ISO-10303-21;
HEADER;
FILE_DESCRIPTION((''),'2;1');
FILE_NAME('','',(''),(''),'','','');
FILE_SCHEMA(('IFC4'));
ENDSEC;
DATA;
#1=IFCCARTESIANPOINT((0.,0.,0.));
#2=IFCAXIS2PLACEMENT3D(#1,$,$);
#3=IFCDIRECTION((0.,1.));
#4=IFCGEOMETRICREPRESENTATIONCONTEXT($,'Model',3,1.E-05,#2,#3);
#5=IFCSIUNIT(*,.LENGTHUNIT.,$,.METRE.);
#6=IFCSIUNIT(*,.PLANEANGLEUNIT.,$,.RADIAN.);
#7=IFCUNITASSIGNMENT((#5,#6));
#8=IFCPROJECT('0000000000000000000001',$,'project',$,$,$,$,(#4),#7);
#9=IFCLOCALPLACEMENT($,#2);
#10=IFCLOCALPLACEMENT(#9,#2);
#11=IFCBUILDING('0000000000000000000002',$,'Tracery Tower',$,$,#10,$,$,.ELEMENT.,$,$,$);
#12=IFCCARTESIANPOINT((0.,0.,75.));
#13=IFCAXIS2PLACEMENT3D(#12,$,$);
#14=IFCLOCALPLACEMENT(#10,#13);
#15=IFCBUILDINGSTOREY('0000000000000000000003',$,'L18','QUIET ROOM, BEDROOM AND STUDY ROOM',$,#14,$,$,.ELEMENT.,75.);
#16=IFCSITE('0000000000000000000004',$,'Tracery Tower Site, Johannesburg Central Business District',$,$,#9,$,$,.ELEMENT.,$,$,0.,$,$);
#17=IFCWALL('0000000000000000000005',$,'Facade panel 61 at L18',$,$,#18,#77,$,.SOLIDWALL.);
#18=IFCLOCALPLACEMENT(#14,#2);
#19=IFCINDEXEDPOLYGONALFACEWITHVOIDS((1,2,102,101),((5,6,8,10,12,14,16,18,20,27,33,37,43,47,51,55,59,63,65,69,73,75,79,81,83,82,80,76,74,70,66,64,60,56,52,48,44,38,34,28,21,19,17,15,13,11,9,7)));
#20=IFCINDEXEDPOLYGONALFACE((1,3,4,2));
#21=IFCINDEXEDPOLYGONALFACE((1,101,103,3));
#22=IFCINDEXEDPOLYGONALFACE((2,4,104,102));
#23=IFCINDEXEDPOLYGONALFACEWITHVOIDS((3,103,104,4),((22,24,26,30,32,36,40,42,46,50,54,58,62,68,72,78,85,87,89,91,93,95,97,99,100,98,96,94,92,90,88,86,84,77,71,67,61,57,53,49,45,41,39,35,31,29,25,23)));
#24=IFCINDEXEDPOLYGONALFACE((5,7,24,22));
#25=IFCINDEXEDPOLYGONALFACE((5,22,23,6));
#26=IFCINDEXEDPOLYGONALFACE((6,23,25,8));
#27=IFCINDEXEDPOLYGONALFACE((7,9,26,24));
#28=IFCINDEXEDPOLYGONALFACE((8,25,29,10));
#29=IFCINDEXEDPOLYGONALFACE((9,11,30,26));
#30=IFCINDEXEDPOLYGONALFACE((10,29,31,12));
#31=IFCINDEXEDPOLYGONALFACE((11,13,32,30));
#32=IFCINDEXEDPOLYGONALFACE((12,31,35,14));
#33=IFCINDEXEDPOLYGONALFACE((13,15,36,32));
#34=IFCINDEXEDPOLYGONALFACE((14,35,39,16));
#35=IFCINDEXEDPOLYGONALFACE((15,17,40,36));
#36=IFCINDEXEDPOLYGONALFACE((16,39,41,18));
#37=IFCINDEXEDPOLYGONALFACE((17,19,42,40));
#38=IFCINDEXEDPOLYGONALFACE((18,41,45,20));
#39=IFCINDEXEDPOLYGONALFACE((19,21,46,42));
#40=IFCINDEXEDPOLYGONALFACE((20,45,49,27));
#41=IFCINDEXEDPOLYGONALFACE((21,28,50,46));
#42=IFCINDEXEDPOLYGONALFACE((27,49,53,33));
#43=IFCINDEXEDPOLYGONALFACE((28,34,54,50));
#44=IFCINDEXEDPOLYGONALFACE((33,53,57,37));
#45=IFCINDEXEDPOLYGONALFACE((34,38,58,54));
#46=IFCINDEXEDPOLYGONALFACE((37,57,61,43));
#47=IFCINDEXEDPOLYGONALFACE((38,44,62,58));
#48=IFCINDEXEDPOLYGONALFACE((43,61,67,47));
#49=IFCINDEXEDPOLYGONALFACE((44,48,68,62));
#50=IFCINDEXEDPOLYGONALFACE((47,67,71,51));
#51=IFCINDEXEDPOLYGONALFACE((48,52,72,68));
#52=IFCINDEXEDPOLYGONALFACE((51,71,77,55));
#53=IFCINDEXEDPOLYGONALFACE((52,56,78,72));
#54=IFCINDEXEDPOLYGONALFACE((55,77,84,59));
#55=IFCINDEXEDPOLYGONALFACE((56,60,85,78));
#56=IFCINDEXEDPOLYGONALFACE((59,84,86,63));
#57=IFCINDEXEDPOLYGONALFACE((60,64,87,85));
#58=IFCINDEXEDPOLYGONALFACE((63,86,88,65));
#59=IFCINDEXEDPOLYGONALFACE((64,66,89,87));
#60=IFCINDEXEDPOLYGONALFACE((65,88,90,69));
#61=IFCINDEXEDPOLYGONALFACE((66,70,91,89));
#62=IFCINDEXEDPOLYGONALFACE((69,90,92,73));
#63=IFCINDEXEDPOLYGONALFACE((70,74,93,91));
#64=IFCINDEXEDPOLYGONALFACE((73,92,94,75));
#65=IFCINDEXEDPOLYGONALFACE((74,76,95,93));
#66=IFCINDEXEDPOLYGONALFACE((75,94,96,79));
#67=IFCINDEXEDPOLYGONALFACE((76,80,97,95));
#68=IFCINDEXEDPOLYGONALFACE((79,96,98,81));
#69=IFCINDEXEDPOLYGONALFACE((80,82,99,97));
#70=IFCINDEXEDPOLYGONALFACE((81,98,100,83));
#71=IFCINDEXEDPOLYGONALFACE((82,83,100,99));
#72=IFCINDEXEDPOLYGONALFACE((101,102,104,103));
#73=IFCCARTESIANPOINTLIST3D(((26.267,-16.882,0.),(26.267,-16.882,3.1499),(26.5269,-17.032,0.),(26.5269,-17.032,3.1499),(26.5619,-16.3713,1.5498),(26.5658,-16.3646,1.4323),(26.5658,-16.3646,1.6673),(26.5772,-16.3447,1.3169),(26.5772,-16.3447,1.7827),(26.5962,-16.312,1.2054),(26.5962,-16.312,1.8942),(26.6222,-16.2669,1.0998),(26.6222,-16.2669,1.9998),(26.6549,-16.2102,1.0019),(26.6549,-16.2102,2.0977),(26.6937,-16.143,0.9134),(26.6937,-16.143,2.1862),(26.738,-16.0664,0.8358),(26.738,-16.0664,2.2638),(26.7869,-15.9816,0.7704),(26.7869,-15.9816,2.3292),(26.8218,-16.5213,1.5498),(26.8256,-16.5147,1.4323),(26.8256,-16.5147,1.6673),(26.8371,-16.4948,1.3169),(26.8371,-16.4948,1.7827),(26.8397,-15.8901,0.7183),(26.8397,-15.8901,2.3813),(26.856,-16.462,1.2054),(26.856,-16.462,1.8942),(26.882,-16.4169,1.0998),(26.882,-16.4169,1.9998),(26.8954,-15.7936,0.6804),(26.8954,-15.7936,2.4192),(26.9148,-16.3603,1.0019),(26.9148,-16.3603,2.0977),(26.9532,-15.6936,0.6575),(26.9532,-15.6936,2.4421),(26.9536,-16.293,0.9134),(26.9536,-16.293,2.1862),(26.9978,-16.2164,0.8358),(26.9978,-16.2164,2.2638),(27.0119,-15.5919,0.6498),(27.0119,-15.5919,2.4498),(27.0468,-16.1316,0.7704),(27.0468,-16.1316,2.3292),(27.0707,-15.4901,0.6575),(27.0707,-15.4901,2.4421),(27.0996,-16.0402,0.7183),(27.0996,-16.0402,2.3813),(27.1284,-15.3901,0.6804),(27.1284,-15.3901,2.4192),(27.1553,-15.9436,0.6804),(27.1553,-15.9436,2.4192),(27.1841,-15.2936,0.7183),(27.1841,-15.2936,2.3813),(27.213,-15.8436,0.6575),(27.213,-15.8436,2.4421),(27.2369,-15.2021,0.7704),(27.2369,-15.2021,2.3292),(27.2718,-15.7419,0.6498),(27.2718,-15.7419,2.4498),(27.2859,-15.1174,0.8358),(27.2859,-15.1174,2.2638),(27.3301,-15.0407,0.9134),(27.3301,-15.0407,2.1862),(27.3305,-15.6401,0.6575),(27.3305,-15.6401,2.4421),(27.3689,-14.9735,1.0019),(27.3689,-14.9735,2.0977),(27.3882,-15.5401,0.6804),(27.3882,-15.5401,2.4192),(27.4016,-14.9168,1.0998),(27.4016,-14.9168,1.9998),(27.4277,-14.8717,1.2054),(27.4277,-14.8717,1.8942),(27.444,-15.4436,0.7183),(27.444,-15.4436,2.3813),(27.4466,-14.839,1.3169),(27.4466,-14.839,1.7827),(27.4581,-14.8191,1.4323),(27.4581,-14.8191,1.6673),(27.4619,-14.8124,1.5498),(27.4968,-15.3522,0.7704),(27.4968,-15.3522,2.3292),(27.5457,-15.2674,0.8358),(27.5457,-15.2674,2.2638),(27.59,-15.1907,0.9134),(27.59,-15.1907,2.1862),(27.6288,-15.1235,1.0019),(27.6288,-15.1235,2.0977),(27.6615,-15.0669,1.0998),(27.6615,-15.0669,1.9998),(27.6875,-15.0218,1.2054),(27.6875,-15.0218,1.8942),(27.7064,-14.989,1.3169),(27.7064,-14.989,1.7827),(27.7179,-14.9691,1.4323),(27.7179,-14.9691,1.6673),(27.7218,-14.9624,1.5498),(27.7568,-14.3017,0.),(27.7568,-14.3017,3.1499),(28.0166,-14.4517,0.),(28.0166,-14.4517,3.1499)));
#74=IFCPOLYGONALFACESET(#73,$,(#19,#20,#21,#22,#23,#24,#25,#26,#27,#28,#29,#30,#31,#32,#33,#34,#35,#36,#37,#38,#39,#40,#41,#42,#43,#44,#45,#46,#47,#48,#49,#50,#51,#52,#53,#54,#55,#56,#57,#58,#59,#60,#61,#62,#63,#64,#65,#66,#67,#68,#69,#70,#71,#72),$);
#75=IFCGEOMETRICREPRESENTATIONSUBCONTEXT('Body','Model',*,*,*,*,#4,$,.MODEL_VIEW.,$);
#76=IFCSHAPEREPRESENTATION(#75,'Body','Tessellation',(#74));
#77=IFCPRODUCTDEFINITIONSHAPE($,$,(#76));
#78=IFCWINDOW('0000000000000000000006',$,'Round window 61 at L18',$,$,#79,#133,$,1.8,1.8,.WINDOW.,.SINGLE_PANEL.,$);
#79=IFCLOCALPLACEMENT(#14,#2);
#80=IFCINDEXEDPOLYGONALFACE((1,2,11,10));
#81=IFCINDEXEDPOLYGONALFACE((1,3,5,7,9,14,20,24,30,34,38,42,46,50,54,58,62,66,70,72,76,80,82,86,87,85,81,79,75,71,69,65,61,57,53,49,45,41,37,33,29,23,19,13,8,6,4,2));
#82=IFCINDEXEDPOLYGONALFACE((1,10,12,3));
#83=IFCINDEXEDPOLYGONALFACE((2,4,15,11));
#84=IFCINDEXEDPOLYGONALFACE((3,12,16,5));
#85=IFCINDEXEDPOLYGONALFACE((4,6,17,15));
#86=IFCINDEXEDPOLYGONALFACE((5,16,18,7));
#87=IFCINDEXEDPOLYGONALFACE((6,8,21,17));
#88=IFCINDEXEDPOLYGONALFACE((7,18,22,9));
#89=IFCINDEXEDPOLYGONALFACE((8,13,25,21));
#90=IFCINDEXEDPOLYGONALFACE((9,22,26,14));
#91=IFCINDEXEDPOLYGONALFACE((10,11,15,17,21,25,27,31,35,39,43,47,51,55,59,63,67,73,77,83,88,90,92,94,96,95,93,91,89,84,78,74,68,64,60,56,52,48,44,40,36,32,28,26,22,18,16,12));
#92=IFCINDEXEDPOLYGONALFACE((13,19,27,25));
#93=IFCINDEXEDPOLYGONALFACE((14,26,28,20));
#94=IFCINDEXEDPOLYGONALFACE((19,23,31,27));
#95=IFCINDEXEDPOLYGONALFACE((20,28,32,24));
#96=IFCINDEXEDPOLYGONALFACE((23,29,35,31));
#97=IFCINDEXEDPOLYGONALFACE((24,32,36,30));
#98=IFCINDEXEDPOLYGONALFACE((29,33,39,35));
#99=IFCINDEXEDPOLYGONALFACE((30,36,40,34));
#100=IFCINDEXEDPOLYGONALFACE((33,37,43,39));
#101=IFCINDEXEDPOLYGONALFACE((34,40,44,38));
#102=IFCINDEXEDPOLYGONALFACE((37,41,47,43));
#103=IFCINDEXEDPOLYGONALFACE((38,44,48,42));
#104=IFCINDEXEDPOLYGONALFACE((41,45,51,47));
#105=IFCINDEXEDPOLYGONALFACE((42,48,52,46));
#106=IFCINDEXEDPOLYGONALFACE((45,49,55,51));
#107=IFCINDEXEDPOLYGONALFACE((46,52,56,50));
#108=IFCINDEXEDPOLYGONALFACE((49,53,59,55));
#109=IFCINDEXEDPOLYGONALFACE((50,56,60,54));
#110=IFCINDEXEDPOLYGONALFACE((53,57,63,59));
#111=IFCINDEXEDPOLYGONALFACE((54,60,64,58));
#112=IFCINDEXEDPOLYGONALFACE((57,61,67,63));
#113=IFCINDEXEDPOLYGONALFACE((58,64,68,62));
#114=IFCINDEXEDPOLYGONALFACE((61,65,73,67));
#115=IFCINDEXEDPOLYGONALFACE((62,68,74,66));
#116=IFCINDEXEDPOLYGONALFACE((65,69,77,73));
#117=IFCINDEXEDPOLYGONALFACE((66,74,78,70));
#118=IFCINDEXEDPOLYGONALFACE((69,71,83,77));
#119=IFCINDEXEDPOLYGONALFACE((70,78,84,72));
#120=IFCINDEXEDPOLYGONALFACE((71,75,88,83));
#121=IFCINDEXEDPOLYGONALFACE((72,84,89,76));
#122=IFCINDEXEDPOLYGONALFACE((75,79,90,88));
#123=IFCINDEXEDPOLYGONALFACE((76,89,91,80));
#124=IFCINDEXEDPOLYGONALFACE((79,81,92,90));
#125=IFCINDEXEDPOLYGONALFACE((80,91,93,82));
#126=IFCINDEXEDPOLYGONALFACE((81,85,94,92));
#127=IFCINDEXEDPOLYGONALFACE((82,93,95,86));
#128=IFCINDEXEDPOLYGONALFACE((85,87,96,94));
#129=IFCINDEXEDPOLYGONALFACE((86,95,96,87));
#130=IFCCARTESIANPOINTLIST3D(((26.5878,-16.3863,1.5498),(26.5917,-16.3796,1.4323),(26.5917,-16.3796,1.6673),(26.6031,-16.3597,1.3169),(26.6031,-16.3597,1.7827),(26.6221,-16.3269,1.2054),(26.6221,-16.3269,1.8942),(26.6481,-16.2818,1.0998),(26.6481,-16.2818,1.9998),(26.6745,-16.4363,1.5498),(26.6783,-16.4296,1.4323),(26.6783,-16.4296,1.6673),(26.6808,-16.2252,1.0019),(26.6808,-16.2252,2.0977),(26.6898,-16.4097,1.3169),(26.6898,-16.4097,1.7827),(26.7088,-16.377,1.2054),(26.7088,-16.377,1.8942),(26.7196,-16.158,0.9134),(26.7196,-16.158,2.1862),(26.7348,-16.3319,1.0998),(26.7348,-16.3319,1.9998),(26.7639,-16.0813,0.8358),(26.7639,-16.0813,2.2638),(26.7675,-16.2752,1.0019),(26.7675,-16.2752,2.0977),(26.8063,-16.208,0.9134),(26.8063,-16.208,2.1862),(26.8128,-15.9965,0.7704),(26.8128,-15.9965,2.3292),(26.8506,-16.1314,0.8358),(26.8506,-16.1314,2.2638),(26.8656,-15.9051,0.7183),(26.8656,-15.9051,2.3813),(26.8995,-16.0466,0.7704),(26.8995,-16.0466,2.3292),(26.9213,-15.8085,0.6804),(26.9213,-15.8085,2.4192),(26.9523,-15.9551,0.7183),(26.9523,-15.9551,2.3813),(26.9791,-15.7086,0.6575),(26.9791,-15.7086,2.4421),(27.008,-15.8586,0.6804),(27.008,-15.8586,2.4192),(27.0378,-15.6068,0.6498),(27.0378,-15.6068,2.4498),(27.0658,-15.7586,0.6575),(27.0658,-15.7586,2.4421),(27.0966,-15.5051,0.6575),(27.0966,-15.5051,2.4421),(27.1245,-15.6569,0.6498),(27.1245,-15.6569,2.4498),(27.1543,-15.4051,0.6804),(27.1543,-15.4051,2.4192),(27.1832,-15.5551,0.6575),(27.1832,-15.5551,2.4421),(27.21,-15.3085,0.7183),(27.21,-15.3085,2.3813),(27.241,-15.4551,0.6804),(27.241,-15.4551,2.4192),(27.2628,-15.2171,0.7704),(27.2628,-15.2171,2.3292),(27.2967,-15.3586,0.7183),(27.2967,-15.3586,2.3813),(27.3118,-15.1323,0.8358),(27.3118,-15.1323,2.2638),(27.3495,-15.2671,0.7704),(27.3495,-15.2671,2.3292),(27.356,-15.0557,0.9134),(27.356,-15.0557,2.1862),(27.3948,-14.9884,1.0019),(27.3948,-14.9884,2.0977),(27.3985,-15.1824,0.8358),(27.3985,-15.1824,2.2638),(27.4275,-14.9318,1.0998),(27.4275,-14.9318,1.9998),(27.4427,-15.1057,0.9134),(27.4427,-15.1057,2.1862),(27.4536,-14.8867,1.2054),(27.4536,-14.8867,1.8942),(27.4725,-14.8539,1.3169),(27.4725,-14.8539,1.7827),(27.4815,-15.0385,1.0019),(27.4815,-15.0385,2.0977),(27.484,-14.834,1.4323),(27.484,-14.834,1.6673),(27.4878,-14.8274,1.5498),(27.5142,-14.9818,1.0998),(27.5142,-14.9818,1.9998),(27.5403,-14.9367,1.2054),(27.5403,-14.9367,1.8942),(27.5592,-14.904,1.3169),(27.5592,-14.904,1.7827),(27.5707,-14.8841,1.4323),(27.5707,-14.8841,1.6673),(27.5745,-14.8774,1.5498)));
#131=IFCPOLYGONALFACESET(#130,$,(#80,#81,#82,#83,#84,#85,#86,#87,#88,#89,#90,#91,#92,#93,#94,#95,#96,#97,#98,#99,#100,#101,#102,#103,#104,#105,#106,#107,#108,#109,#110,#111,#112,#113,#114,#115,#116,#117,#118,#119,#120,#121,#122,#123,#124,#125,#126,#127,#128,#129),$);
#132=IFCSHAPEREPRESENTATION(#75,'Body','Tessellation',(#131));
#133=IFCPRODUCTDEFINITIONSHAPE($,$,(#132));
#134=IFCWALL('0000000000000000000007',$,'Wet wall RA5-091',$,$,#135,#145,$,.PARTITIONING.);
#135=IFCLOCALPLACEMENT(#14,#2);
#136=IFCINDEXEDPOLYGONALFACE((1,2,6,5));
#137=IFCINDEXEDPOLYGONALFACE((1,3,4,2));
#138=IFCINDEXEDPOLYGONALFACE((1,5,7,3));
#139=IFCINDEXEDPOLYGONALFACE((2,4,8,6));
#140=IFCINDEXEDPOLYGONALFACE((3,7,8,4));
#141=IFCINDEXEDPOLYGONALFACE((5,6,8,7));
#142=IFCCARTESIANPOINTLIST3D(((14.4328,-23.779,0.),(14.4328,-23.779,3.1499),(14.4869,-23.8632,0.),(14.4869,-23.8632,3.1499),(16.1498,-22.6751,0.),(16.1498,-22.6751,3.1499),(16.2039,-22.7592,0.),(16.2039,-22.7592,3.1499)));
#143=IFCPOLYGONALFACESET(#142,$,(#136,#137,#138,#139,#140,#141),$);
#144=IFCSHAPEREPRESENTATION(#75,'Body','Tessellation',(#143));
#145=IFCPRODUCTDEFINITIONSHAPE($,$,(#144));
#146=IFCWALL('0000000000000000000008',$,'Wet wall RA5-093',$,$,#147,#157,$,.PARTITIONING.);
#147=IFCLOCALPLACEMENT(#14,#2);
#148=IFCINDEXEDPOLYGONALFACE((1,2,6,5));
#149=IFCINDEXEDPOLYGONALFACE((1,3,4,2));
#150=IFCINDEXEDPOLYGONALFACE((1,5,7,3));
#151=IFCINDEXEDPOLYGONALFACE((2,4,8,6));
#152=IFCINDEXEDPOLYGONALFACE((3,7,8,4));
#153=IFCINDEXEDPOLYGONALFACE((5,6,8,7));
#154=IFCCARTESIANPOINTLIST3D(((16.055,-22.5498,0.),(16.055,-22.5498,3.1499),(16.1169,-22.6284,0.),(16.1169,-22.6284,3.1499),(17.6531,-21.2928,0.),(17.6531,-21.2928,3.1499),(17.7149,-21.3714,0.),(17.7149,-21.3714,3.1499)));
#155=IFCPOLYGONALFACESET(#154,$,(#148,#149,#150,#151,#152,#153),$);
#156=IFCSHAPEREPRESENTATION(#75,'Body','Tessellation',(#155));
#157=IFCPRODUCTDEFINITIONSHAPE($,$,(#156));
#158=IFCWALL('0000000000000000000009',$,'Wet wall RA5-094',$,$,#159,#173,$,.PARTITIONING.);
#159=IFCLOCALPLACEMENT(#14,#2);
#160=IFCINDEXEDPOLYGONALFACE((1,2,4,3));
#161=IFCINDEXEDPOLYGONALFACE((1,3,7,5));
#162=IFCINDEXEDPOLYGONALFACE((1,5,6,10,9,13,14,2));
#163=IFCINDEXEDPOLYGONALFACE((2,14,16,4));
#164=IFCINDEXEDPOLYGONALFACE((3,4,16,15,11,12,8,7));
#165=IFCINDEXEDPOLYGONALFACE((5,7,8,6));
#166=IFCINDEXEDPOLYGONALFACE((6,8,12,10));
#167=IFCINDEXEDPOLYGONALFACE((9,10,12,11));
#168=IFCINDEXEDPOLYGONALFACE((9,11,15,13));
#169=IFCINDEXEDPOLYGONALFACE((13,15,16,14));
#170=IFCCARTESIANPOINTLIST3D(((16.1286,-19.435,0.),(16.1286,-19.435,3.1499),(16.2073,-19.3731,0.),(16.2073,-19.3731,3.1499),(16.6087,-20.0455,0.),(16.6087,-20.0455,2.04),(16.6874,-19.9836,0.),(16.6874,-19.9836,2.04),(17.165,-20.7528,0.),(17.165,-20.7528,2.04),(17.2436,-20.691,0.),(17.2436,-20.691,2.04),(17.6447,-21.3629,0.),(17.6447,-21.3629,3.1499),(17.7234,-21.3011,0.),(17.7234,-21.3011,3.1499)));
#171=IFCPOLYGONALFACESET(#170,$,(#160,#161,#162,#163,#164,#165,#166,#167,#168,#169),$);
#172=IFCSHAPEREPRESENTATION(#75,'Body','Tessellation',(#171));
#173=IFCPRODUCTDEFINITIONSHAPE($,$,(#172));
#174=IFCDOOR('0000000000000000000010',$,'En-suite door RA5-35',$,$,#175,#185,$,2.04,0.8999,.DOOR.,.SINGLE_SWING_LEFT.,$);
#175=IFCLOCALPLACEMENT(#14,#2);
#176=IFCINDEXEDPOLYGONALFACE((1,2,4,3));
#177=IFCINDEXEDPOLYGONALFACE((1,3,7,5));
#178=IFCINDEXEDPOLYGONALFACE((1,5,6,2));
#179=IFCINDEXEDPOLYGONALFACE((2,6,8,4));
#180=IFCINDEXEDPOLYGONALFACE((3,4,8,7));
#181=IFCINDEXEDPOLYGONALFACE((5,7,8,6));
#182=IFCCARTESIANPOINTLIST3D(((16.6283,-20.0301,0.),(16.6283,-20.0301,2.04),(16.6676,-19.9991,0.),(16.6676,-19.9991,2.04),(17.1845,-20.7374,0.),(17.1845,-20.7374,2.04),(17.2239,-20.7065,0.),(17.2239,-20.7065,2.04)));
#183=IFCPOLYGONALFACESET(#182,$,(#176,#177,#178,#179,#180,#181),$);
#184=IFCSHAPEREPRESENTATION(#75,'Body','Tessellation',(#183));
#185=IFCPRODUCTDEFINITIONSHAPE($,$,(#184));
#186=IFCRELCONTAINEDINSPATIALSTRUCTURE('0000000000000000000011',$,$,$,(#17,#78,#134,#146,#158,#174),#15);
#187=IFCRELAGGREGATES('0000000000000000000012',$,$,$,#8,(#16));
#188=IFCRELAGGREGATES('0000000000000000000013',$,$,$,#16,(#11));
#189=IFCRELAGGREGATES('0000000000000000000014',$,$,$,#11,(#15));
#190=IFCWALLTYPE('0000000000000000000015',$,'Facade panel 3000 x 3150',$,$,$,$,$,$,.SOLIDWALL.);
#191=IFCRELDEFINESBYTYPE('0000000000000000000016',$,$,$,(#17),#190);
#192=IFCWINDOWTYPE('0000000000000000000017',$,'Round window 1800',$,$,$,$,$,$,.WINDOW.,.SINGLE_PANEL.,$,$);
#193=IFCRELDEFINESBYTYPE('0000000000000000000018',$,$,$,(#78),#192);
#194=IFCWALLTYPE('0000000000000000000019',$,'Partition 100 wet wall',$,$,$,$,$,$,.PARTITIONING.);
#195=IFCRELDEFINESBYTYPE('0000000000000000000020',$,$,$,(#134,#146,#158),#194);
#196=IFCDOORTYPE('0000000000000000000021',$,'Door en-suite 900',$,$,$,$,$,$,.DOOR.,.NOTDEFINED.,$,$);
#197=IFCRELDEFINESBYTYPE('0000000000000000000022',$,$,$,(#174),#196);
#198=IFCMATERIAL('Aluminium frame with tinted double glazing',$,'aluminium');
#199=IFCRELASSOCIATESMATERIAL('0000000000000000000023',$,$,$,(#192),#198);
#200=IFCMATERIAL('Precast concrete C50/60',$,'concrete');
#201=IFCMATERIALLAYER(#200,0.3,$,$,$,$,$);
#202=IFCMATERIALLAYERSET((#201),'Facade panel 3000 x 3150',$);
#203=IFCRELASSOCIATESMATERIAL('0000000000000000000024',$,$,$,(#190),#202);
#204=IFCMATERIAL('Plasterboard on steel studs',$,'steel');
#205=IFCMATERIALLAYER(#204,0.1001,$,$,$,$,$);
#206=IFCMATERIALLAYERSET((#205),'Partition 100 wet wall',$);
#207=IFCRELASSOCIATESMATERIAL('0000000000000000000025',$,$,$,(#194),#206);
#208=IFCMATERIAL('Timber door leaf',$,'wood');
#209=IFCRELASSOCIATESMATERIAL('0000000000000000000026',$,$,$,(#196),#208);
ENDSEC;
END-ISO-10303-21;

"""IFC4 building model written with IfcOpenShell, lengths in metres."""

from ifc_helpers import new_model, si_unit, direction, frame, frame_2d, origin, origin_2d, place, context, subcontext, project, spatial, rectangle, circle, extrude, material, layer, layer_set, type_object, element, fill, save


model = new_model("IFC4")

# Units and contexts
model_context = context("Model", 3, precision=1e-05, world=origin(), true_north=direction((0.0, 1.0)))
body_context = subcontext(model_context, "Body", "Model", "MODEL_VIEW")
ifc_project = project(units=[si_unit("LENGTHUNIT", "METRE"), si_unit("PLANEANGLEUNIT", "RADIAN")], contexts=[model_context])

# Site, building, storey
site_placement = place(None, origin())
site = spatial("IfcSite", under=ifc_project, at=site_placement, Name="Tracery Tower Site, Johannesburg Central Business District", CompositionType="ELEMENT", RefElevation=0.0)
building_placement = place(site_placement, origin())
building = spatial("IfcBuilding", under=site, at=building_placement, Name="Tracery Tower", CompositionType="ELEMENT")
storey_placement = place(building_placement, frame((0.0, 0.0, 75.0)))
storey = spatial("IfcBuildingStorey", under=building, at=storey_placement, Name="L18", Description="QUIET ROOM, BEDROOM AND STUDY ROOM", CompositionType="ELEMENT", Elevation=75.0)

# Wall, opening, window
ifc_material_1 = material(Name="Aluminium frame with tinted double glazing", Category="aluminium")
window_type = type_object("IfcWindowType", Name="Round window 1800", PartitioningType="SINGLE_PANEL", PredefinedType="WINDOW", material=ifc_material_1)
ifc_material_2 = material(Name="Precast concrete C50/60", Category="concrete")
ifc_layer_1 = layer(ifc_material_2, 0.3)
ifc_layer_set_1 = layer_set([ifc_layer_1], Name="Facade panel 3000 x 3150")
wall_type_1 = type_object("IfcWallType", Name="Facade panel 3000 x 3150", PredefinedType="SOLIDWALL", material=ifc_layer_set_1)
wall_1_placement = place(storey_placement, frame((26.397, -16.957, 0.0), z_axis=(0.0, 0.0, 1.0), x_axis=(0.499999, 0.866026, 0.0)))
wall_1 = element("IfcWall", 1, at=wall_1_placement, inside=storey, type_object=wall_type_1, Name="Facade panel 61 at L18", PredefinedType="SOLIDWALL", context=body_context, shape_type="SweptSolid", body=[
    extrude(rectangle(XDim=2.9795, YDim=0.3, at=frame_2d((1.4897, 0.0))), origin(), (0.0, 0.0, 1.0), 3.1499),
])
opening_1_placement = place(wall_1_placement, frame((1.4897, 0.0, 1.5498)))
opening_1 = element("IfcOpeningElement", 2, at=opening_1_placement, cuts=wall_1, PredefinedType="OPENING", context=body_context, shape_type="SweptSolid", body=[
    extrude(circle(Radius=0.9, at=origin_2d()), frame((0.0, 0.1599, 0.0), z_axis=(0.0, -1.0, 0.0), x_axis=(1.0, 0.0, 0.0)), (0.0, 0.0, 1.0), 0.3201),
])
window_1_placement = place(opening_1_placement, origin())
window_1 = element("IfcWindow", 3, at=window_1_placement, inside=storey, type_object=window_type, Name="Round window 61 at L18", OverallHeight=1.8, OverallWidth=1.8, PartitioningType="SINGLE_PANEL", PredefinedType="WINDOW", context=body_context, shape_type="SweptSolid", body=[
    extrude(circle(Radius=0.9, at=origin_2d()), frame((0.0, 0.1201, 0.0), z_axis=(0.0, -1.0, 0.0), x_axis=(1.0, 0.0, 0.0)), (0.0, 0.0, 1.0), 0.1001),
])
fill(opening_1, window_1)

# Walls
ifc_material_3 = material(Name="Plasterboard on steel studs", Category="steel")
ifc_layer_2 = layer(ifc_material_3, 0.1001)
ifc_layer_set_2 = layer_set([ifc_layer_2], Name="Partition 100 wet wall")
wall_type_2 = type_object("IfcWallType", Name="Partition 100 wet wall", PredefinedType="PARTITIONING", material=ifc_layer_set_2)
wall_2_placement = place(storey_placement, frame((14.46, -23.821, 0.0), z_axis=(0.0, 0.0, 1.0), x_axis=(0.841136, 0.540824, 0.0)))
element("IfcWall", 4, at=wall_2_placement, inside=storey, type_object=wall_type_2, Name="Wet wall RA5-091", PredefinedType="PARTITIONING", context=body_context, shape_type="SweptSolid", body=[
    extrude(rectangle(XDim=2.0413, YDim=0.1001, at=frame_2d((1.0205, 0.0))), origin(), (0.0, 0.0, 1.0), 3.1499),
])
wall_3_placement = place(storey_placement, frame((16.0859, -22.5891, 0.0), z_axis=(0.0, 0.0, 1.0), x_axis=(0.785985, 0.618246, 0.0)))
element("IfcWall", 5, at=wall_3_placement, inside=storey, type_object=wall_type_2, Name="Wet wall RA5-093", PredefinedType="PARTITIONING", context=body_context, shape_type="SweptSolid", body=[
    extrude(rectangle(XDim=2.0332, YDim=0.1001, at=frame_2d((1.0166, 0.0))), origin(), (0.0, 0.0, 1.0), 3.1499),
])

# Wall, opening, door
wall_4_placement = place(storey_placement, frame((16.168, -19.4041, 0.0), z_axis=(0.0, 0.0, 1.0), x_axis=(0.618142, -0.786066, 0.0)))
wall_4 = element("IfcWall", 6, at=wall_4_placement, inside=storey, type_object=wall_type_2, Name="Wet wall RA5-094", PredefinedType="PARTITIONING", context=body_context, shape_type="SweptSolid", body=[
    extrude(rectangle(XDim=2.4526, YDim=0.1001, at=frame_2d((1.2263, 0.0))), origin(), (0.0, 0.0, 1.0), 3.1499),
])
opening_2_placement = place(wall_4_placement, frame((0.7766, 0.0, 0.0)))
opening_2 = element("IfcOpeningElement", 7, at=opening_2_placement, cuts=wall_4, PredefinedType="OPENING", context=body_context, shape_type="SweptSolid", body=[
    extrude(rectangle(XDim=0.8999, YDim=2.04, at=frame_2d((0.45, 1.02))), frame((0.0, 0.05, 0.0), z_axis=(0.0, -1.0, 0.0), x_axis=(1.0, 0.0, 0.0)), (0.0, 0.0, 1.0), 0.1001),
])
ifc_material_4 = material(Name="Timber door leaf", Category="wood")
door_type = type_object("IfcDoorType", Name="Door en-suite 900", OperationType="NOTDEFINED", PredefinedType="DOOR", material=ifc_material_4)
door_1_placement = place(opening_2_placement, origin())
door_1 = element("IfcDoor", 8, at=door_1_placement, inside=storey, type_object=door_type, Name="En-suite door RA5-35", OperationType="SINGLE_SWING_LEFT", OverallHeight=2.04, OverallWidth=0.8999, PredefinedType="DOOR", context=body_context, shape_type="SweptSolid", body=[
    extrude(rectangle(XDim=0.8999, YDim=2.04, at=frame_2d((0.45, 1.02))), frame((0.0, 0.0249, 0.0), z_axis=(0.0, -1.0, 0.0), x_axis=(1.0, 0.0, 0.0)), (0.0, 0.0, 1.0), 0.05),
])
fill(opening_2, door_1)

save(model, "model.ifc")
